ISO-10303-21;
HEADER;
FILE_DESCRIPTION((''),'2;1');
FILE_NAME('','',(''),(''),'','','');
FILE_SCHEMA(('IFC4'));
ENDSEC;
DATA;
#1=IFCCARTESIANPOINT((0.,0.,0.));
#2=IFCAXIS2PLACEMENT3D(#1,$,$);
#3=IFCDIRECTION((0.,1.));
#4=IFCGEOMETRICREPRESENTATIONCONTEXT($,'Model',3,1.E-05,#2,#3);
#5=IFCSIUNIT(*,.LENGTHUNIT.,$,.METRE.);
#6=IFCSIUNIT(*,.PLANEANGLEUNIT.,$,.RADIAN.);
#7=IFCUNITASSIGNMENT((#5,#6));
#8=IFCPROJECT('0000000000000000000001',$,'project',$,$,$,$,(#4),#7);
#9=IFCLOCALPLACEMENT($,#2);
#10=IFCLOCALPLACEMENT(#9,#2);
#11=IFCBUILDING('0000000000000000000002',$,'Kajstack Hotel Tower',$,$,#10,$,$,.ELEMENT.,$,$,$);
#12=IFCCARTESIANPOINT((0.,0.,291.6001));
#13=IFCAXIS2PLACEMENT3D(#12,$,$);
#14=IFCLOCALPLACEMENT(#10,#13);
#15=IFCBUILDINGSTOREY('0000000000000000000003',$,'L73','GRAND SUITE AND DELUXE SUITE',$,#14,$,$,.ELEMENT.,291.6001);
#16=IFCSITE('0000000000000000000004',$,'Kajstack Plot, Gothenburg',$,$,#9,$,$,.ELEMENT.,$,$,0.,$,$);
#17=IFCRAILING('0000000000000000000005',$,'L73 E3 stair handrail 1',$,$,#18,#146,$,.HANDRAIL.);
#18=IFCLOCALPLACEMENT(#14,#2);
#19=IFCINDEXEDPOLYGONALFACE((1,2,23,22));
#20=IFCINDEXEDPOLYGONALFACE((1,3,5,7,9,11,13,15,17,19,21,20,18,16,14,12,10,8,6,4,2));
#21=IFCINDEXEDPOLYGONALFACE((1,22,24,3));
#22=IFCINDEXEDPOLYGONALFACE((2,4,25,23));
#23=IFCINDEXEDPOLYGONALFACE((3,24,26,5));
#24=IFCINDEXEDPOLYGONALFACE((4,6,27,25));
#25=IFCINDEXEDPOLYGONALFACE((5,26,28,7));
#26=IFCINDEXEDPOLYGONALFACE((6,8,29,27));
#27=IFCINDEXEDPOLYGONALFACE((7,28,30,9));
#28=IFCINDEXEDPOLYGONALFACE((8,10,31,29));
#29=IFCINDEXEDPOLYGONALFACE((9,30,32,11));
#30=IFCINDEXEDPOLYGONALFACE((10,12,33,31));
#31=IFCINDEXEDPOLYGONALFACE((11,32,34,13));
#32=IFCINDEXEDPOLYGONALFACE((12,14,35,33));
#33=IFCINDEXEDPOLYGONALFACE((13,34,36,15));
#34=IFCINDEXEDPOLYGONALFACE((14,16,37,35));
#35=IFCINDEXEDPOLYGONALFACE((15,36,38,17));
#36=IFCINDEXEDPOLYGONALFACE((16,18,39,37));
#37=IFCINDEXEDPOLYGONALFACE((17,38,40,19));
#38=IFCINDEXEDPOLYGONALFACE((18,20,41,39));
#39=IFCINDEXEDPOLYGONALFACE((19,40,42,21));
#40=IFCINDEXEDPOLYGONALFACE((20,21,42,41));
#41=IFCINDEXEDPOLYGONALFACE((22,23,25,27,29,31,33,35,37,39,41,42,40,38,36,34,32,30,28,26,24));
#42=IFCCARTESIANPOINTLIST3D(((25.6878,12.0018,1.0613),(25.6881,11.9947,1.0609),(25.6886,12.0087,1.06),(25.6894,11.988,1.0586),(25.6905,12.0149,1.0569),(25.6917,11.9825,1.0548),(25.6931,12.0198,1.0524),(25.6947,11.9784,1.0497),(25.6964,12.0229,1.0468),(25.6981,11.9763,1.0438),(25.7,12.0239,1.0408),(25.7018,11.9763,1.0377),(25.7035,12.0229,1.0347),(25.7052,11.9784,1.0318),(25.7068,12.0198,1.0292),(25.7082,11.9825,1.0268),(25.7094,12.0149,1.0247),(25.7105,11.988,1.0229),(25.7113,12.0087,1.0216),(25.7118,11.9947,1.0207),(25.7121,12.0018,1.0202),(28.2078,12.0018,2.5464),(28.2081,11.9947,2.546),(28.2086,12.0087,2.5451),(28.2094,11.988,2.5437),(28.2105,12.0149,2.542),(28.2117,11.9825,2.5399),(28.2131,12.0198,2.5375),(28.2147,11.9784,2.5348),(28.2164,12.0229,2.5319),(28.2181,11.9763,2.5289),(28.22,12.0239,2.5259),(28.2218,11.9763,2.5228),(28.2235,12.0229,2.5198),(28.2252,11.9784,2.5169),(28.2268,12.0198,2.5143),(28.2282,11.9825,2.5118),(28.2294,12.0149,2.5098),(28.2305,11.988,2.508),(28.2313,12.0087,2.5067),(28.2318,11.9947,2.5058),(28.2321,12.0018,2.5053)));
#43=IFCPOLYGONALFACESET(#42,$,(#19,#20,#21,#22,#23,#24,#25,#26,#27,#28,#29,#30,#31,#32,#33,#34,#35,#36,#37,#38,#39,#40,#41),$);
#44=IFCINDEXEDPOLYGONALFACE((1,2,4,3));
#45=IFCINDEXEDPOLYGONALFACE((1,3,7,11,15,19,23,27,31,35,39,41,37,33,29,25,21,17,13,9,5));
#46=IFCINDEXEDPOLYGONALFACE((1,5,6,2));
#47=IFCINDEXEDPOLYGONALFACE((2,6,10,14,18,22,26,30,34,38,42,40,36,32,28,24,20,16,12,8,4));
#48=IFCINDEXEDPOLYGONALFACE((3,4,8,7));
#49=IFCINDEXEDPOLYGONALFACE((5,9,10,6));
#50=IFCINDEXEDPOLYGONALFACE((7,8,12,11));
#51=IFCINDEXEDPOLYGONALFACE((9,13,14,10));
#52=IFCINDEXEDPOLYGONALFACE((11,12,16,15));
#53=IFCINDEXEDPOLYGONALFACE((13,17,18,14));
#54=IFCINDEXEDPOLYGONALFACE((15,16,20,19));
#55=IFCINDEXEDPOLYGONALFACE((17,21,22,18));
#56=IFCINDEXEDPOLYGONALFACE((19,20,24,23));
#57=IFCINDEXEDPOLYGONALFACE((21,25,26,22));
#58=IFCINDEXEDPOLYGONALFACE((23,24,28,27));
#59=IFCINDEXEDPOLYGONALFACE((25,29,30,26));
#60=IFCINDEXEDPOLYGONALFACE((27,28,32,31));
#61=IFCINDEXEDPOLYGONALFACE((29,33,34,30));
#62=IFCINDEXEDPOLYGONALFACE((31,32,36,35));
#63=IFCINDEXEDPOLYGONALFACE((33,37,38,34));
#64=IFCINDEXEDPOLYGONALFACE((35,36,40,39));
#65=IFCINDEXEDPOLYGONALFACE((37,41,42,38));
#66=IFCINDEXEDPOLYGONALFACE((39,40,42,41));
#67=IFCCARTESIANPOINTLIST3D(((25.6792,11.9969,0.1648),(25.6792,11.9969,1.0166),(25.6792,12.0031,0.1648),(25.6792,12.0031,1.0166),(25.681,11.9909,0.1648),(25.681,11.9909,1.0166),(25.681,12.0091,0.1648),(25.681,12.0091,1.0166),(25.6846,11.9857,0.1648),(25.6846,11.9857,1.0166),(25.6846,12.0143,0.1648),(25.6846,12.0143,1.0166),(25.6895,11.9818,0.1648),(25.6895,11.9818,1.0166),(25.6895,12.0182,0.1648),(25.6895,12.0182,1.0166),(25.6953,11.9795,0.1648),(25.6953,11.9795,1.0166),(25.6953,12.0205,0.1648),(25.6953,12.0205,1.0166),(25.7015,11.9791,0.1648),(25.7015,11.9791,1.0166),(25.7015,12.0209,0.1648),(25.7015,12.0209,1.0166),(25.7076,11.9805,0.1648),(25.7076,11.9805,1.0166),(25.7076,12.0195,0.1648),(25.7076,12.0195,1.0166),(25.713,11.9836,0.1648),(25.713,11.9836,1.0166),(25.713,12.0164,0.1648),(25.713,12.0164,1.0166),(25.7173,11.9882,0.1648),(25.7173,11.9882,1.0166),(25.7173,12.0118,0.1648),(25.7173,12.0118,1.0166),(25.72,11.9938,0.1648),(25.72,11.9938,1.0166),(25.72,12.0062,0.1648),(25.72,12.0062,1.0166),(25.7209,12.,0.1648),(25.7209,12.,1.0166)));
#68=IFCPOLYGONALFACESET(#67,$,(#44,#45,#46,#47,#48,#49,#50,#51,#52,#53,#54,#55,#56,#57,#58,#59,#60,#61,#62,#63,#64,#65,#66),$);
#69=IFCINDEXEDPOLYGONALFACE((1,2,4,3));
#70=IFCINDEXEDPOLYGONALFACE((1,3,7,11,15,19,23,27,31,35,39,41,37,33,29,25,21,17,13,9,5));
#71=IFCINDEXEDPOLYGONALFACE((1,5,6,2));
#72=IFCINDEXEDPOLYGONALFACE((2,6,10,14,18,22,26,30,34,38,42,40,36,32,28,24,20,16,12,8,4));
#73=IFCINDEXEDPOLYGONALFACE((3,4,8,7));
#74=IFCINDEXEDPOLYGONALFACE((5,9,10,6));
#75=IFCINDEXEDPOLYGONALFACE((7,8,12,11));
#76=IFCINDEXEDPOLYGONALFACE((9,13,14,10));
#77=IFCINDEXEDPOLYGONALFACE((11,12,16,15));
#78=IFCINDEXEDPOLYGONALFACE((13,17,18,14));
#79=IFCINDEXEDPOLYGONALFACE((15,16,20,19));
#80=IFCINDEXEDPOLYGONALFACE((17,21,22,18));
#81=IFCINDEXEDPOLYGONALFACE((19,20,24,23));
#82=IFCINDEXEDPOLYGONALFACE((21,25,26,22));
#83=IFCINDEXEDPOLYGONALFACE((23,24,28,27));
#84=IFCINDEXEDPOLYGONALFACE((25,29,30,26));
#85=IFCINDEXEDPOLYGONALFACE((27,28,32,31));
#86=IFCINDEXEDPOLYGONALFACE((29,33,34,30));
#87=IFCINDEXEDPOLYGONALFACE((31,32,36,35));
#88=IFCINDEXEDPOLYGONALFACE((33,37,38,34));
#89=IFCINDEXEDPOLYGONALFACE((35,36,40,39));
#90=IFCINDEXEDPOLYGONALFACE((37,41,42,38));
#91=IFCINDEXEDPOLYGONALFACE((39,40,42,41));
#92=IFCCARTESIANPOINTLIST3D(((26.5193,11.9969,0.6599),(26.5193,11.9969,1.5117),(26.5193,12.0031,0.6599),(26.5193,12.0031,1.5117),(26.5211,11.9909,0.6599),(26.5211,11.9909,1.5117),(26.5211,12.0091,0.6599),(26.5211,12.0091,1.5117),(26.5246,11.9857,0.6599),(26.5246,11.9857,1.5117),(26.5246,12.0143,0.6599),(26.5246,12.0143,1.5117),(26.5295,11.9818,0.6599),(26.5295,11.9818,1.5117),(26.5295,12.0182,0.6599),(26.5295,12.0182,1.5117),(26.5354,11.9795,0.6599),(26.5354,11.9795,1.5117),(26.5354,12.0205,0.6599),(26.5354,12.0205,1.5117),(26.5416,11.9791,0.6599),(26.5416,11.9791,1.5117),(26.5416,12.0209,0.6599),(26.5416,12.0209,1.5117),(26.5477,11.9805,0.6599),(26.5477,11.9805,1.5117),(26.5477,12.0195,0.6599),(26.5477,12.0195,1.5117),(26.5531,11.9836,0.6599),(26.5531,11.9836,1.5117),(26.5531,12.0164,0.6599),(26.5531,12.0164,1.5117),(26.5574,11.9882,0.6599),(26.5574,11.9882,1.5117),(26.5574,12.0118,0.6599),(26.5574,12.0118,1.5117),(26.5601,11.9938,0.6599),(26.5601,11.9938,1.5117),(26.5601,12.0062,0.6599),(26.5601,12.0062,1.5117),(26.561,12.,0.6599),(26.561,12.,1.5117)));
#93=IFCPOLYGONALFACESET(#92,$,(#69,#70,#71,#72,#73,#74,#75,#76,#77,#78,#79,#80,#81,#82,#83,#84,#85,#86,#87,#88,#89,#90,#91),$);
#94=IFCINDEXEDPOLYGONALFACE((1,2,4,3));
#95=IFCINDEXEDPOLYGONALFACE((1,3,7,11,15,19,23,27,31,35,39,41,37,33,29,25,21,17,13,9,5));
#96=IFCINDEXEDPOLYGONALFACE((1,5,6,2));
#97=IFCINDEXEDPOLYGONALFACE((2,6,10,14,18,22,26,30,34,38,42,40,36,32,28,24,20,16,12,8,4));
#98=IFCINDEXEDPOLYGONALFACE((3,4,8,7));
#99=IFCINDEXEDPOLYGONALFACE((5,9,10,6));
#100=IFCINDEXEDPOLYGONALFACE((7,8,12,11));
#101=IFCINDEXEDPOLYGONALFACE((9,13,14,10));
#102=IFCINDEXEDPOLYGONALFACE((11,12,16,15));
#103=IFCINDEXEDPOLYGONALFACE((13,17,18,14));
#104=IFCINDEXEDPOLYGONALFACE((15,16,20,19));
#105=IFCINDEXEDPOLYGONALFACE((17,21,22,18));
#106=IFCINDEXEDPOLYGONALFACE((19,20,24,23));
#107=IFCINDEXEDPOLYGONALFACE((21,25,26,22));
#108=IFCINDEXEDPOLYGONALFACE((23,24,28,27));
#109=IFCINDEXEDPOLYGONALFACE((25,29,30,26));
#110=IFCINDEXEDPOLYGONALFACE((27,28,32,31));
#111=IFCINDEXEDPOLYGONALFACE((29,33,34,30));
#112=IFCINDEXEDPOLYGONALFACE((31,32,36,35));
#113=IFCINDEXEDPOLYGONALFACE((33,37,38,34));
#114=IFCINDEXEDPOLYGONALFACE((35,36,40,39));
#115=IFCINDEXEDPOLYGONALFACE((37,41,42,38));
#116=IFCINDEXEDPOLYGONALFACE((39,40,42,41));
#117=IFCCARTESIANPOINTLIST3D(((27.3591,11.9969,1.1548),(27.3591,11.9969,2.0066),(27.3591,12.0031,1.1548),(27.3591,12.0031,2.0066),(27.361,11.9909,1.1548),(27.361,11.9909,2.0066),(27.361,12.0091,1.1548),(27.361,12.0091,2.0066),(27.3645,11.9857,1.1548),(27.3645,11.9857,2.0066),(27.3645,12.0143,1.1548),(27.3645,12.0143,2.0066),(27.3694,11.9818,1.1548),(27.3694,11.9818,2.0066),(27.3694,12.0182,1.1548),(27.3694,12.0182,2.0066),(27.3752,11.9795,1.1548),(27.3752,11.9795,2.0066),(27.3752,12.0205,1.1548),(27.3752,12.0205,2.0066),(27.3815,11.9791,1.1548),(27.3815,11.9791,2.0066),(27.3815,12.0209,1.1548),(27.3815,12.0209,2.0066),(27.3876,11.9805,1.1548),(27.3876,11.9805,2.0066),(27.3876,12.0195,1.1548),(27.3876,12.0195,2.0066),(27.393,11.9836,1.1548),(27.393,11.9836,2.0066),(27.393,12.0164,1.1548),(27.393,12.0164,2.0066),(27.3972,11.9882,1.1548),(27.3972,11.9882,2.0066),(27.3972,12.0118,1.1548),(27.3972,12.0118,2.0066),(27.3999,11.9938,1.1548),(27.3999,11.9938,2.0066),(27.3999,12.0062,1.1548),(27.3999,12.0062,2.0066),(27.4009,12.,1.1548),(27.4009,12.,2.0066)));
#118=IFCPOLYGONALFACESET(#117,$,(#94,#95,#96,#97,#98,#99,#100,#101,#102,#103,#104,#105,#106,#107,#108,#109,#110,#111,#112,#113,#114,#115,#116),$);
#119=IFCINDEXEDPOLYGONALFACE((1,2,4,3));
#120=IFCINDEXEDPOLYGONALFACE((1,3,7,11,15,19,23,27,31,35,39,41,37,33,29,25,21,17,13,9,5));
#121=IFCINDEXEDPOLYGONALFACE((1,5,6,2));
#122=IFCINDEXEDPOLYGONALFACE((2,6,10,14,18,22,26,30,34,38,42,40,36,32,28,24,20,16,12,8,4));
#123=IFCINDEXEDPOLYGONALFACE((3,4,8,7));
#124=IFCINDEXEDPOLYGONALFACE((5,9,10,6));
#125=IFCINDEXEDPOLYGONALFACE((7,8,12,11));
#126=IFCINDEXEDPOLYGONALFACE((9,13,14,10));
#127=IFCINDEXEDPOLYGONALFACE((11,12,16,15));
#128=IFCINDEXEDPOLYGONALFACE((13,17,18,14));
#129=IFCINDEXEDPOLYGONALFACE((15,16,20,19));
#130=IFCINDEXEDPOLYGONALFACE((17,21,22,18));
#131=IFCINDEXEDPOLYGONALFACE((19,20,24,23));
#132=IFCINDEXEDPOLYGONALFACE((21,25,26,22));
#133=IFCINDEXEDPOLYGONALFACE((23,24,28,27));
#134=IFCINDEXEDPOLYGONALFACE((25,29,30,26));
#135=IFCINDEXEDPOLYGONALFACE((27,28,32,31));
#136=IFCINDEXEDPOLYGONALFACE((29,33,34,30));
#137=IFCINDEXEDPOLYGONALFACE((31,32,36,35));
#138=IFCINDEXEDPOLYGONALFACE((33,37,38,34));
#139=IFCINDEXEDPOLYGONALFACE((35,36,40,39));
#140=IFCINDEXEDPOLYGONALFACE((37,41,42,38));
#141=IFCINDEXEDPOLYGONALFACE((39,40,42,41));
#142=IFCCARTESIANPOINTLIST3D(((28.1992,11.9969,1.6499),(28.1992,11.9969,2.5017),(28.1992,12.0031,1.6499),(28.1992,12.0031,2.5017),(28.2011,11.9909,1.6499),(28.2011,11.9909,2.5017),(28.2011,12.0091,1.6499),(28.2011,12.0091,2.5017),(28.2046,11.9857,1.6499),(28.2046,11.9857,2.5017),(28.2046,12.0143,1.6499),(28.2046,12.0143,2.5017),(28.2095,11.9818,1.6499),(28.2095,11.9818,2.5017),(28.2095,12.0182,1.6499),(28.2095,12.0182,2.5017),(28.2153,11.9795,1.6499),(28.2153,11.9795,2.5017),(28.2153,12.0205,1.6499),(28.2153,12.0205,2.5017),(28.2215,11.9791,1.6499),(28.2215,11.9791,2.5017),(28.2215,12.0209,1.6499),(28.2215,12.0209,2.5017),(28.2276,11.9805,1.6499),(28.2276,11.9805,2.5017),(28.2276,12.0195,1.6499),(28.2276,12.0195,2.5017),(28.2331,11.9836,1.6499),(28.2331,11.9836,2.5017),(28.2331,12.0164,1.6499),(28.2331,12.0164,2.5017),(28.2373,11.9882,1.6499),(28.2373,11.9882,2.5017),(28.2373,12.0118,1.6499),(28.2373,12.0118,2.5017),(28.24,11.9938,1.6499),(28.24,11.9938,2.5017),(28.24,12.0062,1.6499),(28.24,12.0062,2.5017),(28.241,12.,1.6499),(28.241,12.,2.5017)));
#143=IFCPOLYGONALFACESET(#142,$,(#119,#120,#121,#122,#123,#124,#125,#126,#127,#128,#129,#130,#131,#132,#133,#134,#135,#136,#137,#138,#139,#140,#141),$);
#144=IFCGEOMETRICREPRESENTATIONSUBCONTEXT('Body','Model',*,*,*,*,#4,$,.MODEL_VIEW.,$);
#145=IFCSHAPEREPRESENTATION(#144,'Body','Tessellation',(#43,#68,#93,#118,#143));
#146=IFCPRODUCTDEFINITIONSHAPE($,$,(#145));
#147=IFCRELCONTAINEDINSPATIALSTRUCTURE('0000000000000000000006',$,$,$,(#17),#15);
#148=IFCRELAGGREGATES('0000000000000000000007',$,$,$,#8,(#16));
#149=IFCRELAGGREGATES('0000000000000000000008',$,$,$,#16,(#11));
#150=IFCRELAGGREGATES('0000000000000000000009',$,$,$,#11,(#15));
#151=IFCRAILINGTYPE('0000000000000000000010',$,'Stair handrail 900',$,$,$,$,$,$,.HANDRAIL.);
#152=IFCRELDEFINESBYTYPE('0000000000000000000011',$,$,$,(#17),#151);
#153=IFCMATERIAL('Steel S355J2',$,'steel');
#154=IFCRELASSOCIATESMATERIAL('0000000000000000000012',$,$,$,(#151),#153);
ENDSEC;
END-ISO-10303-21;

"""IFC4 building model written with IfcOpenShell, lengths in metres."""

from ifc_helpers import new_model, si_unit, direction, frame, origin, origin_2d, place, context, subcontext, project, spatial, circle, extrude, material, type_object, element, save


model = new_model("IFC4")

# Units and contexts
model_context = context("Model", 3, precision=1e-05, world=origin(), true_north=direction((0.0, 1.0)))
body_context = subcontext(model_context, "Body", "Model", "MODEL_VIEW")
ifc_project = project(units=[si_unit("LENGTHUNIT", "METRE"), si_unit("PLANEANGLEUNIT", "RADIAN")], contexts=[model_context])

# Site, building, storey
site_placement = place(None, origin())
site = spatial("IfcSite", under=ifc_project, at=site_placement, Name="Kajstack Plot, Gothenburg", CompositionType="ELEMENT", RefElevation=0.0)
building_placement = place(site_placement, origin())
building = spatial("IfcBuilding", under=site, at=building_placement, Name="Kajstack Hotel Tower", CompositionType="ELEMENT")
storey_placement = place(building_placement, frame((0.0, 0.0, 291.6001)))
storey = spatial("IfcBuildingStorey", under=building, at=storey_placement, Name="L73", Description="GRAND SUITE AND DELUXE SUITE", CompositionType="ELEMENT", Elevation=291.6001)

# Railing
ifc_material_1 = material(Name="Steel S355J2", Category="steel")
railing_type_1 = type_object("IfcRailingType", Name="Stair handrail 900", PredefinedType="HANDRAIL", material=ifc_material_1)
railing_1_placement = place(storey_placement, frame((25.7, 12.0, 0.1648)))
element("IfcRailing", 1, at=railing_1_placement, inside=storey, type_object=railing_type_1, Name="L73 E3 stair handrail 1", PredefinedType="HANDRAIL", context=body_context, shape_type="SweptSolid", body=[
    extrude(circle(Radius=0.0239, at=origin_2d()), frame((0.0, 0.0, 0.876), z_axis=(0.861524, 0.0, 0.507717), x_axis=(0.0, 1.0, 0.0)), (0.0, 0.0, 1.0), 2.925),
    extrude(circle(Radius=0.021, at=origin_2d()), origin(), (0.0, 0.0, 1.0), 0.8518),
    extrude(circle(Radius=0.021, at=origin_2d()), frame((0.8401, 0.0, 0.4951)), (0.0, 0.0, 1.0), 0.8518),
    extrude(circle(Radius=0.021, at=origin_2d()), frame((1.6799, 0.0, 0.99)), (0.0, 0.0, 1.0), 0.8518),
    extrude(circle(Radius=0.021, at=origin_2d()), frame((2.52, 0.0, 1.4851)), (0.0, 0.0, 1.0), 0.8518),
])

save(model, "model.ifc")
